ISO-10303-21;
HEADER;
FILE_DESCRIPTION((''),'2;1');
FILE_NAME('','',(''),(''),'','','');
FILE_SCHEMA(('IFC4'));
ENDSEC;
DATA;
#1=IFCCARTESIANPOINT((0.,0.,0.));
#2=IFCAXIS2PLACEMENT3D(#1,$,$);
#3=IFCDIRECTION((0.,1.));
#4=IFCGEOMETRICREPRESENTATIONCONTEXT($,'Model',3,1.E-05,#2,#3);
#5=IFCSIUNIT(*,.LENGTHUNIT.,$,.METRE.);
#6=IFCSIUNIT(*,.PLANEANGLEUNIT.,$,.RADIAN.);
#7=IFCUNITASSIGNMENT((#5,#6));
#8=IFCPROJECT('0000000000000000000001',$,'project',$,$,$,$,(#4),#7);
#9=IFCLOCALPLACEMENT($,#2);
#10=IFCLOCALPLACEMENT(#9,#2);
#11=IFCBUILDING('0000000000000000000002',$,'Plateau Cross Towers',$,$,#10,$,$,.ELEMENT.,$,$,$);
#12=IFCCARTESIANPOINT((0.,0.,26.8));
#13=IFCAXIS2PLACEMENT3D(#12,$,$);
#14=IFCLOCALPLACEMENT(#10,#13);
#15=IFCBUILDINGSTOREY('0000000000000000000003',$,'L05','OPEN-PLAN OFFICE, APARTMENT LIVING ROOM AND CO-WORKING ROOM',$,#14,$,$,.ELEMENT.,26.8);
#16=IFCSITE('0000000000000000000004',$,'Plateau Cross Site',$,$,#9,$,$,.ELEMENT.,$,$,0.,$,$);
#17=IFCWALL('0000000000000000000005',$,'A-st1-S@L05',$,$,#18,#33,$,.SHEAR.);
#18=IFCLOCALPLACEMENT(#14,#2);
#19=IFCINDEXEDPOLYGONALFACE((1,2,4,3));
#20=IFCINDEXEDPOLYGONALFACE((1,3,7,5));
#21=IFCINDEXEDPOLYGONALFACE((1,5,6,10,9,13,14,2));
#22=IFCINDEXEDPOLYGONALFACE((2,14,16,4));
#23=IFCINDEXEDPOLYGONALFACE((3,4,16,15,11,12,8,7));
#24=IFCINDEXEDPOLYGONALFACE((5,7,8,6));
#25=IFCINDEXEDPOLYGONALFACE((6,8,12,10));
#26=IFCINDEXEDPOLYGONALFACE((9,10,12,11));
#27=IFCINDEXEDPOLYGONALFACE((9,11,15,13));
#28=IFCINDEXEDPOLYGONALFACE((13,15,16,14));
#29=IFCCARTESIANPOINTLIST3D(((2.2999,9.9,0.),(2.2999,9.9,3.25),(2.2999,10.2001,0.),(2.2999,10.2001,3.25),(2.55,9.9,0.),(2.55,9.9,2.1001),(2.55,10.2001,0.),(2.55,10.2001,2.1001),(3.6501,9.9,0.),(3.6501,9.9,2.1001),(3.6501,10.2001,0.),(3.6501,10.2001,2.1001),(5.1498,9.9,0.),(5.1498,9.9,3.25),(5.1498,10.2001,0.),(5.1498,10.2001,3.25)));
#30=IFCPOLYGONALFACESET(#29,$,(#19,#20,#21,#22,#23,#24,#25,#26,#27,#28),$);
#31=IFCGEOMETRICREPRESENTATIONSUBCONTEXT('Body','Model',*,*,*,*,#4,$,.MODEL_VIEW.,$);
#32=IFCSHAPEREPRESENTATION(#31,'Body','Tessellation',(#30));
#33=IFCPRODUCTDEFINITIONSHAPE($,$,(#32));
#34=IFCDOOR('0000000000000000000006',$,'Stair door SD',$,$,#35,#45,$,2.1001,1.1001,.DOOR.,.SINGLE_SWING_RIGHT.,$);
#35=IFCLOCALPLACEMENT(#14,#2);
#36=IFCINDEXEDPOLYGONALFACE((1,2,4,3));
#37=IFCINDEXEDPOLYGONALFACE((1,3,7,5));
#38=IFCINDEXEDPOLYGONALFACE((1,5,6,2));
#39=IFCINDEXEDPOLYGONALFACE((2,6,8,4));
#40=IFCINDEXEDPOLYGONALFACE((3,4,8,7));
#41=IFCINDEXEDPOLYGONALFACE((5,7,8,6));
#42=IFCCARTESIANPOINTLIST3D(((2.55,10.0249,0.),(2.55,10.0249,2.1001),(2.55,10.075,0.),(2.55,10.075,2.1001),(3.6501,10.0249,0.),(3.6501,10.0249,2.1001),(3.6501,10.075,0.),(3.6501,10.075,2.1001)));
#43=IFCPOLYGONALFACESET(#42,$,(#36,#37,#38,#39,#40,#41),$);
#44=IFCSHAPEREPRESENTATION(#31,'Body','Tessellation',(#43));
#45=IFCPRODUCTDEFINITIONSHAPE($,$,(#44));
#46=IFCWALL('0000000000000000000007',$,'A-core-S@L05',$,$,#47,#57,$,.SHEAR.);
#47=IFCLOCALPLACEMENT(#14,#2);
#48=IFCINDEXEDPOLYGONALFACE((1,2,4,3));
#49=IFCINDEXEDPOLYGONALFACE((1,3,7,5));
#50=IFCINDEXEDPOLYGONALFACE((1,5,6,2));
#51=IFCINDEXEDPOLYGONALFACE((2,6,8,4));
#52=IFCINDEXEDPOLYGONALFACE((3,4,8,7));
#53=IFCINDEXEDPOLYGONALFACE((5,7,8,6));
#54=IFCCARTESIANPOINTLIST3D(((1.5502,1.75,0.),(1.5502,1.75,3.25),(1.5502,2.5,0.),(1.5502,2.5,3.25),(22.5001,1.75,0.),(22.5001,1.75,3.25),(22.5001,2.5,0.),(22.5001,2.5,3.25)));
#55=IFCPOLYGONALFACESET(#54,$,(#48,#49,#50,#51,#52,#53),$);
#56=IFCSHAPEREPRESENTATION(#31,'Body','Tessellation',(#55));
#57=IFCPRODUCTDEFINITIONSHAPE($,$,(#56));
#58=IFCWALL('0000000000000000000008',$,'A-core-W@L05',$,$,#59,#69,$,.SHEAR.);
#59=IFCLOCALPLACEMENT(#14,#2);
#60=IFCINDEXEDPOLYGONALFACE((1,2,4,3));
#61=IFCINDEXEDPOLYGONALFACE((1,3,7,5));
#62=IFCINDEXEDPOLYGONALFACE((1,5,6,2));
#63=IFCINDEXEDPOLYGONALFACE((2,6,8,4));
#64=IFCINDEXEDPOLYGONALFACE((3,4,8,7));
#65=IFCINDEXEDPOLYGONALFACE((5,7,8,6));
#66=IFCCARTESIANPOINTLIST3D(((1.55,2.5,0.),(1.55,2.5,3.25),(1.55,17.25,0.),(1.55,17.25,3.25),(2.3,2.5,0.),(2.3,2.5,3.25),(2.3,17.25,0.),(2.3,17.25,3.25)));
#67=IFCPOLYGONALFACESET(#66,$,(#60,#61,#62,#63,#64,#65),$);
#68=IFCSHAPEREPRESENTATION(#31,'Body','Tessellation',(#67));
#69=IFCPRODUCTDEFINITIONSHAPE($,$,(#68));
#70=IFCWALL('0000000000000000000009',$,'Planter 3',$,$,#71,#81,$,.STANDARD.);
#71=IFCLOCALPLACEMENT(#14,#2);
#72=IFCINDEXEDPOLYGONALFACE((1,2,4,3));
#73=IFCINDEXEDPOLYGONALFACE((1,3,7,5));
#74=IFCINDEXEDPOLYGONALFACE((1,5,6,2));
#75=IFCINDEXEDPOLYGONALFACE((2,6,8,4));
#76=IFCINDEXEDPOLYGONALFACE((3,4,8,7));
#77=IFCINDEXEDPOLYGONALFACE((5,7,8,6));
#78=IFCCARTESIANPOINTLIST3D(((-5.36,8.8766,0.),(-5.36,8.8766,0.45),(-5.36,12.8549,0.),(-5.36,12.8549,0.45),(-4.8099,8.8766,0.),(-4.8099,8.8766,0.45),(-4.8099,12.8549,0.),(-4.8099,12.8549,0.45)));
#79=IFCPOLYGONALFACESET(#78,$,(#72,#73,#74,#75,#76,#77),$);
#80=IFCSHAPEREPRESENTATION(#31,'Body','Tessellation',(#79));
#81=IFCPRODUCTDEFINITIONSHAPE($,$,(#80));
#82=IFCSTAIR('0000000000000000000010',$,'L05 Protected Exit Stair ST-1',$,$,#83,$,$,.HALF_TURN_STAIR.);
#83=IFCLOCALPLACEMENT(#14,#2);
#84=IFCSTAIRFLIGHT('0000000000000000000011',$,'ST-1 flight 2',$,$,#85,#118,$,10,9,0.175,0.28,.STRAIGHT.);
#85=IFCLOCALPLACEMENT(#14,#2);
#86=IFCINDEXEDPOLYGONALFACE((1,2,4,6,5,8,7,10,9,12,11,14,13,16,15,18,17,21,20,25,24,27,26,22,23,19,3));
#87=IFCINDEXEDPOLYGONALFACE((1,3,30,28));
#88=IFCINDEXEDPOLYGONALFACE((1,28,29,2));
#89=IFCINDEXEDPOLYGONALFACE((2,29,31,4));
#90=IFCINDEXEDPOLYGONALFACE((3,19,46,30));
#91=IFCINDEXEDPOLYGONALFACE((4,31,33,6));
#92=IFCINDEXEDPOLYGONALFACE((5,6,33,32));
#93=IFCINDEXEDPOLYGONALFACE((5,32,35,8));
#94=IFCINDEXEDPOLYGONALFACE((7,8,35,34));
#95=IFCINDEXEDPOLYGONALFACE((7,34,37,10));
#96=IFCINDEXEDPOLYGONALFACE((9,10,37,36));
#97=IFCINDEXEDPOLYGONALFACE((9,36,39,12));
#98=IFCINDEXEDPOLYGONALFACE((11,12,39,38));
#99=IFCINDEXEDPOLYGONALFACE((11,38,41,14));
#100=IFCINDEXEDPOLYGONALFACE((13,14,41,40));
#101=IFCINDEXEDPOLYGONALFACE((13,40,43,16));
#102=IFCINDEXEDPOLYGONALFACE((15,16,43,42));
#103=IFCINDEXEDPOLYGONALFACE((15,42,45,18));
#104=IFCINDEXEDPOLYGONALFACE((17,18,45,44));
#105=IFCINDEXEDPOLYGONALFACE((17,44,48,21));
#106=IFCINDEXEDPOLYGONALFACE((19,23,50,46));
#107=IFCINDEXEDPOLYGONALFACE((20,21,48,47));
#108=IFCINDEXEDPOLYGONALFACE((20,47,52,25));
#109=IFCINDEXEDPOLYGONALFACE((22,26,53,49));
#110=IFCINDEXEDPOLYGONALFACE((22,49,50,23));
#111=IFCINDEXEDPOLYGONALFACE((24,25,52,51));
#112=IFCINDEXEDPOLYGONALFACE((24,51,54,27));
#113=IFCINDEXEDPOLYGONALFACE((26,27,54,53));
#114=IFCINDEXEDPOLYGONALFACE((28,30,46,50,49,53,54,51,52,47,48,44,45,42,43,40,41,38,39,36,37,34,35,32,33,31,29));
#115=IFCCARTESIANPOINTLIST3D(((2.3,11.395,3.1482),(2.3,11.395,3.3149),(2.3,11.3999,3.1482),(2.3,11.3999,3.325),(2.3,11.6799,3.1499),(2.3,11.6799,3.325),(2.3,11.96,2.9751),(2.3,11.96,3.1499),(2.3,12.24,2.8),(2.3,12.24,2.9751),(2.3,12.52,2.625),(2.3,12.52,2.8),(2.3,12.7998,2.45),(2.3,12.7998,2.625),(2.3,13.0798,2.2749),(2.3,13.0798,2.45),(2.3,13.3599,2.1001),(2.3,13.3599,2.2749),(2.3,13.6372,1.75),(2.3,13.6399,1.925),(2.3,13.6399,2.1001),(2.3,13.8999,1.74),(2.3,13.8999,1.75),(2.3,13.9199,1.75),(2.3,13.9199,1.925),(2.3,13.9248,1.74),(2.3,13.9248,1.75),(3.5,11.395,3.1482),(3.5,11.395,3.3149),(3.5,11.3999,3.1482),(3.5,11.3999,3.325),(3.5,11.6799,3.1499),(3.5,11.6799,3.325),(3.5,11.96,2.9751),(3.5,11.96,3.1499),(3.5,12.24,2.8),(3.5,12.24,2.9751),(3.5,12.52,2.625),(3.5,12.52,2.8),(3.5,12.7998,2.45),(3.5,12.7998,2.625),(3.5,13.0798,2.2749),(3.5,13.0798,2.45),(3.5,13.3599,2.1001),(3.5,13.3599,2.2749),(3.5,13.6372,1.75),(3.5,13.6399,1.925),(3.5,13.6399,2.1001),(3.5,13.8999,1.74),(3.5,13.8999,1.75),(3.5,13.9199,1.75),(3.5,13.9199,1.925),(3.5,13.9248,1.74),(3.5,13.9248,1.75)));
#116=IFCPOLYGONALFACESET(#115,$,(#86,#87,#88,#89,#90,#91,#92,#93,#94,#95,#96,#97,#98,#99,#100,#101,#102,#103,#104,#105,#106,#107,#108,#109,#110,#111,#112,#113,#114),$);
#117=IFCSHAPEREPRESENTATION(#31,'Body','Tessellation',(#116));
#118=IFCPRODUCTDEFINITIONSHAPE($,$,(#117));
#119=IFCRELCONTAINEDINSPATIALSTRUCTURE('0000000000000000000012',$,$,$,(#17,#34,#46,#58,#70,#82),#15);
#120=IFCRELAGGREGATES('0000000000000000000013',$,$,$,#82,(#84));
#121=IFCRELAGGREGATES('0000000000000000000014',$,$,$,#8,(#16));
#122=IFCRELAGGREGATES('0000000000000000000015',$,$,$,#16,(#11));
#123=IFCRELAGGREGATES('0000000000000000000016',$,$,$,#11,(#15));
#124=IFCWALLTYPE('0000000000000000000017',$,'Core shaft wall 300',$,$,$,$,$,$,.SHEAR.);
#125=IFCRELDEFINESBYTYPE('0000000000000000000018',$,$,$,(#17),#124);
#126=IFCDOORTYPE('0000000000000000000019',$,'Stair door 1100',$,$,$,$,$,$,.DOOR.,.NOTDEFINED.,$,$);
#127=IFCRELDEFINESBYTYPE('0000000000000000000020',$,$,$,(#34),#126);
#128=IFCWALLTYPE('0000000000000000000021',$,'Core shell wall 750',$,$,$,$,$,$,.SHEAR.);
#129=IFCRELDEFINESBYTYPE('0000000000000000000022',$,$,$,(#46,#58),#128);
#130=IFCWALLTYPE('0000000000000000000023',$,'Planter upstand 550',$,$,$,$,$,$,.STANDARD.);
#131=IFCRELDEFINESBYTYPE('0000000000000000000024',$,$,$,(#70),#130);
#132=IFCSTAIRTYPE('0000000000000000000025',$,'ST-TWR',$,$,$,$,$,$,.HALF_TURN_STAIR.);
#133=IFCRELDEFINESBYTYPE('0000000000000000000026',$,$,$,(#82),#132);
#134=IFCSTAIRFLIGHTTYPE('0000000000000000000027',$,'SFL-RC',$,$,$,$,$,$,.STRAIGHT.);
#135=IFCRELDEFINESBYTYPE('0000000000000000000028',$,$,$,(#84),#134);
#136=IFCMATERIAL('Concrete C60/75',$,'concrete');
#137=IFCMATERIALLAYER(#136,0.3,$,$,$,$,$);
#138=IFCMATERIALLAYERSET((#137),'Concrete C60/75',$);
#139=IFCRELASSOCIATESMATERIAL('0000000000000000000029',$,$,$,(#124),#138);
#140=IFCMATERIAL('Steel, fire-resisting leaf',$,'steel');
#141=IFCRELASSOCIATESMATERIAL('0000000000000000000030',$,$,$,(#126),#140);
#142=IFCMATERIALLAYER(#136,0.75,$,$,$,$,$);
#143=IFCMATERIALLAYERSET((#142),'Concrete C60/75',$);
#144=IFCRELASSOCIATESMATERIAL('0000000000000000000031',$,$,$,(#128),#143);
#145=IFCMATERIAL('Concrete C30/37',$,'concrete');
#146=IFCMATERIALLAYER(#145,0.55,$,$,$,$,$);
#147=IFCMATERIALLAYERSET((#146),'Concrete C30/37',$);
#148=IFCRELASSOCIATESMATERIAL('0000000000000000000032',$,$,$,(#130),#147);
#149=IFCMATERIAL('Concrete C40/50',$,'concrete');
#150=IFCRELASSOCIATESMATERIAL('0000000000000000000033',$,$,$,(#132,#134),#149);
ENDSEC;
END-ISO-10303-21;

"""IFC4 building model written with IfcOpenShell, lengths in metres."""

from ifc_helpers import new_model, si_unit, direction, frame, frame_2d, origin, place, context, subcontext, project, spatial, polyline, rectangle, outline, extrude, material, layer, layer_set, type_object, element, fill, aggregate, save


model = new_model("IFC4")

# Units and contexts
model_context = context("Model", 3, precision=1e-05, world=origin(), true_north=direction((0.0, 1.0)))
body_context = subcontext(model_context, "Body", "Model", "MODEL_VIEW")
ifc_project = project(units=[si_unit("LENGTHUNIT", "METRE"), si_unit("PLANEANGLEUNIT", "RADIAN")], contexts=[model_context])

# Site, building, storey
site_placement = place(None, origin())
site = spatial("IfcSite", under=ifc_project, at=site_placement, Name="Plateau Cross Site", CompositionType="ELEMENT", RefElevation=0.0)
building_placement = place(site_placement, origin())
building = spatial("IfcBuilding", under=site, at=building_placement, Name="Plateau Cross Towers", CompositionType="ELEMENT")
storey_placement = place(building_placement, frame((0.0, 0.0, 26.8)))
storey = spatial("IfcBuildingStorey", under=building, at=storey_placement, Name="L05", Description="OPEN-PLAN OFFICE, APARTMENT LIVING ROOM AND CO-WORKING ROOM", CompositionType="ELEMENT", Elevation=26.8)

# Shared definitions
ifc_material_1 = material(Name="Concrete C60/75", Category="concrete")

# Shared definitions
ifc_layer_1 = layer(ifc_material_1, 0.3)
ifc_layer_set_1 = layer_set([ifc_layer_1], Name="Concrete C60/75")
wall_type_1 = type_object("IfcWallType", Name="Core shaft wall 300", PredefinedType="SHEAR", material=ifc_layer_set_1)

# Shared definitions
ifc_material_2 = material(Name="Steel, fire-resisting leaf", Category="steel")
door_type_1 = type_object("IfcDoorType", Name="Stair door 1100", OperationType="NOTDEFINED", PredefinedType="DOOR", material=ifc_material_2)

# Wall, opening, door
wall_1_placement = place(storey_placement, frame((2.3, 10.05, 0.0), z_axis=(0.0, 0.0, 1.0), x_axis=(1.0, 0.0, 0.0)))
wall_1 = element("IfcWall", 1, at=wall_1_placement, inside=storey, type_object=wall_type_1, Name="A-st1-S@L05", PredefinedType="SHEAR", context=body_context, shape_type="SweptSolid", body=[
    extrude(rectangle(XDim=2.8499, YDim=0.3, at=frame_2d((1.4248, 0.0))), origin(), (0.0, 0.0, 1.0), 3.25),
])
opening_1_placement = place(wall_1_placement, frame((0.25, 0.0, 0.0)))
opening_1 = element("IfcOpeningElement", 2, at=opening_1_placement, cuts=wall_1, PredefinedType="OPENING", context=body_context, shape_type="SweptSolid", body=[
    extrude(rectangle(XDim=1.1001, YDim=2.1001, at=frame_2d((0.55, 1.05))), frame((0.0, 0.1599, 0.0), z_axis=(0.0, -1.0, 0.0), x_axis=(1.0, 0.0, 0.0)), (0.0, 0.0, 1.0), 0.3201),
])
door_1_placement = place(opening_1_placement, origin())
door_1 = element("IfcDoor", 3, at=door_1_placement, inside=storey, type_object=door_type_1, Name="Stair door SD", OperationType="SINGLE_SWING_RIGHT", OverallHeight=2.1001, OverallWidth=1.1001, PredefinedType="DOOR", context=body_context, shape_type="SweptSolid", body=[
    extrude(rectangle(XDim=1.1001, YDim=2.1001, at=frame_2d((0.55, 1.05))), frame((0.0, 0.0249, 0.0), z_axis=(0.0, -1.0, 0.0), x_axis=(1.0, 0.0, 0.0)), (0.0, 0.0, 1.0), 0.05),
])
fill(opening_1, door_1)

# Walls
ifc_layer_2 = layer(ifc_material_1, 0.75)
ifc_layer_set_2 = layer_set([ifc_layer_2], Name="Concrete C60/75")
wall_type_2 = type_object("IfcWallType", Name="Core shell wall 750", PredefinedType="SHEAR", material=ifc_layer_set_2)
wall_2_placement = place(storey_placement, frame((1.55, 2.125, 0.0), z_axis=(0.0, 0.0, 1.0), x_axis=(1.0, 0.0, 0.0)))
element("IfcWall", 4, at=wall_2_placement, inside=storey, type_object=wall_type_2, Name="A-core-S@L05", PredefinedType="SHEAR", context=body_context, shape_type="SweptSolid", body=[
    extrude(rectangle(XDim=20.95, YDim=0.75, at=frame_2d((10.4751, 0.0))), origin(), (0.0, 0.0, 1.0), 3.25),
])
wall_3_placement = place(storey_placement, frame((1.925, 2.5, 0.0), z_axis=(0.0, 0.0, 1.0), x_axis=(0.0, 1.0, 0.0)))
element("IfcWall", 5, at=wall_3_placement, inside=storey, type_object=wall_type_2, Name="A-core-W@L05", PredefinedType="SHEAR", context=body_context, shape_type="SweptSolid", body=[
    extrude(rectangle(XDim=14.75, YDim=0.75, at=frame_2d((7.375, 0.0))), origin(), (0.0, 0.0, 1.0), 3.25),
])
ifc_material_3 = material(Name="Concrete C30/37", Category="concrete")
ifc_layer_3 = layer(ifc_material_3, 0.55)
ifc_layer_set_3 = layer_set([ifc_layer_3], Name="Concrete C30/37")
wall_type_3 = type_object("IfcWallType", Name="Planter upstand 550", PredefinedType="STANDARD", material=ifc_layer_set_3)
wall_4_placement = place(storey_placement, frame((-5.085, 8.8765, 0.0), z_axis=(0.0, 0.0, 1.0), x_axis=(0.0, 1.0, 0.0)))
element("IfcWall", 6, at=wall_4_placement, inside=storey, type_object=wall_type_3, Name="Planter 3", PredefinedType="STANDARD", context=body_context, shape_type="SweptSolid", body=[
    extrude(rectangle(XDim=3.9783, YDim=0.55, at=frame_2d((1.9893, 0.0))), origin(), (0.0, 0.0, 1.0), 0.45),
])

# Stair, stair flight
ifc_material_4 = material(Name="Concrete C40/50", Category="concrete")
stair_type = type_object("IfcStairType", Name="ST-TWR", PredefinedType="HALF_TURN_STAIR", material=ifc_material_4)
stair_placement = place(storey_placement, origin())
stair = element("IfcStair", 7, at=stair_placement, inside=storey, type_object=stair_type, Name="L05 Protected Exit Stair ST-1", PredefinedType="HALF_TURN_STAIR")
stair_flight_type = type_object("IfcStairFlightType", Name="SFL-RC", PredefinedType="STRAIGHT", material=ifc_material_4)
stair_flight_placement = place(storey_placement, frame((2.8999, 13.9199, 1.75), z_axis=(0.0, 0.0, 1.0), x_axis=(0.0, -1.0, 0.0)))
stair_flight = element("IfcStairFlight", 8, at=stair_flight_placement, type_object=stair_flight_type, Name="ST-1 flight 2", NumberOfRisers=10, NumberOfTreads=9, PredefinedType="STRAIGHT", RiserHeight=0.175, TreadLength=0.28, context=body_context, shape_type="SweptSolid", body=[
    extrude(outline(polyline([(-0.0049, -0.01), (-0.0049, 0.0), (0.0, 0.0), (0.0, 0.175), (0.28, 0.175), (0.28, 0.3501), (0.5601, 0.3501), (0.5601, 0.5249), (0.8401, 0.5249), (0.8401, 0.7), (1.1201, 0.7), (1.1201, 0.875), (1.3999, 0.875), (1.3999, 1.05), (1.6799, 1.05), (1.6799, 1.2251), (1.96, 1.2251), (1.96, 1.3999), (2.24, 1.3999), (2.24, 1.575), (2.52, 1.575), (2.5249, 1.5649), (2.5249, 1.3982), (2.52, 1.3982), (0.2827, 0.0), (0.02, 0.0), (0.02, -0.01), (-0.0049, -0.01)])), frame((0.0, 0.6001, 0.0), z_axis=(0.0, -1.0, 0.0), x_axis=(1.0, 0.0, 0.0)), (0.0, 0.0, 1.0), 1.2),
])
aggregate(stair, [stair_flight])

save(model, "model.ifc")
